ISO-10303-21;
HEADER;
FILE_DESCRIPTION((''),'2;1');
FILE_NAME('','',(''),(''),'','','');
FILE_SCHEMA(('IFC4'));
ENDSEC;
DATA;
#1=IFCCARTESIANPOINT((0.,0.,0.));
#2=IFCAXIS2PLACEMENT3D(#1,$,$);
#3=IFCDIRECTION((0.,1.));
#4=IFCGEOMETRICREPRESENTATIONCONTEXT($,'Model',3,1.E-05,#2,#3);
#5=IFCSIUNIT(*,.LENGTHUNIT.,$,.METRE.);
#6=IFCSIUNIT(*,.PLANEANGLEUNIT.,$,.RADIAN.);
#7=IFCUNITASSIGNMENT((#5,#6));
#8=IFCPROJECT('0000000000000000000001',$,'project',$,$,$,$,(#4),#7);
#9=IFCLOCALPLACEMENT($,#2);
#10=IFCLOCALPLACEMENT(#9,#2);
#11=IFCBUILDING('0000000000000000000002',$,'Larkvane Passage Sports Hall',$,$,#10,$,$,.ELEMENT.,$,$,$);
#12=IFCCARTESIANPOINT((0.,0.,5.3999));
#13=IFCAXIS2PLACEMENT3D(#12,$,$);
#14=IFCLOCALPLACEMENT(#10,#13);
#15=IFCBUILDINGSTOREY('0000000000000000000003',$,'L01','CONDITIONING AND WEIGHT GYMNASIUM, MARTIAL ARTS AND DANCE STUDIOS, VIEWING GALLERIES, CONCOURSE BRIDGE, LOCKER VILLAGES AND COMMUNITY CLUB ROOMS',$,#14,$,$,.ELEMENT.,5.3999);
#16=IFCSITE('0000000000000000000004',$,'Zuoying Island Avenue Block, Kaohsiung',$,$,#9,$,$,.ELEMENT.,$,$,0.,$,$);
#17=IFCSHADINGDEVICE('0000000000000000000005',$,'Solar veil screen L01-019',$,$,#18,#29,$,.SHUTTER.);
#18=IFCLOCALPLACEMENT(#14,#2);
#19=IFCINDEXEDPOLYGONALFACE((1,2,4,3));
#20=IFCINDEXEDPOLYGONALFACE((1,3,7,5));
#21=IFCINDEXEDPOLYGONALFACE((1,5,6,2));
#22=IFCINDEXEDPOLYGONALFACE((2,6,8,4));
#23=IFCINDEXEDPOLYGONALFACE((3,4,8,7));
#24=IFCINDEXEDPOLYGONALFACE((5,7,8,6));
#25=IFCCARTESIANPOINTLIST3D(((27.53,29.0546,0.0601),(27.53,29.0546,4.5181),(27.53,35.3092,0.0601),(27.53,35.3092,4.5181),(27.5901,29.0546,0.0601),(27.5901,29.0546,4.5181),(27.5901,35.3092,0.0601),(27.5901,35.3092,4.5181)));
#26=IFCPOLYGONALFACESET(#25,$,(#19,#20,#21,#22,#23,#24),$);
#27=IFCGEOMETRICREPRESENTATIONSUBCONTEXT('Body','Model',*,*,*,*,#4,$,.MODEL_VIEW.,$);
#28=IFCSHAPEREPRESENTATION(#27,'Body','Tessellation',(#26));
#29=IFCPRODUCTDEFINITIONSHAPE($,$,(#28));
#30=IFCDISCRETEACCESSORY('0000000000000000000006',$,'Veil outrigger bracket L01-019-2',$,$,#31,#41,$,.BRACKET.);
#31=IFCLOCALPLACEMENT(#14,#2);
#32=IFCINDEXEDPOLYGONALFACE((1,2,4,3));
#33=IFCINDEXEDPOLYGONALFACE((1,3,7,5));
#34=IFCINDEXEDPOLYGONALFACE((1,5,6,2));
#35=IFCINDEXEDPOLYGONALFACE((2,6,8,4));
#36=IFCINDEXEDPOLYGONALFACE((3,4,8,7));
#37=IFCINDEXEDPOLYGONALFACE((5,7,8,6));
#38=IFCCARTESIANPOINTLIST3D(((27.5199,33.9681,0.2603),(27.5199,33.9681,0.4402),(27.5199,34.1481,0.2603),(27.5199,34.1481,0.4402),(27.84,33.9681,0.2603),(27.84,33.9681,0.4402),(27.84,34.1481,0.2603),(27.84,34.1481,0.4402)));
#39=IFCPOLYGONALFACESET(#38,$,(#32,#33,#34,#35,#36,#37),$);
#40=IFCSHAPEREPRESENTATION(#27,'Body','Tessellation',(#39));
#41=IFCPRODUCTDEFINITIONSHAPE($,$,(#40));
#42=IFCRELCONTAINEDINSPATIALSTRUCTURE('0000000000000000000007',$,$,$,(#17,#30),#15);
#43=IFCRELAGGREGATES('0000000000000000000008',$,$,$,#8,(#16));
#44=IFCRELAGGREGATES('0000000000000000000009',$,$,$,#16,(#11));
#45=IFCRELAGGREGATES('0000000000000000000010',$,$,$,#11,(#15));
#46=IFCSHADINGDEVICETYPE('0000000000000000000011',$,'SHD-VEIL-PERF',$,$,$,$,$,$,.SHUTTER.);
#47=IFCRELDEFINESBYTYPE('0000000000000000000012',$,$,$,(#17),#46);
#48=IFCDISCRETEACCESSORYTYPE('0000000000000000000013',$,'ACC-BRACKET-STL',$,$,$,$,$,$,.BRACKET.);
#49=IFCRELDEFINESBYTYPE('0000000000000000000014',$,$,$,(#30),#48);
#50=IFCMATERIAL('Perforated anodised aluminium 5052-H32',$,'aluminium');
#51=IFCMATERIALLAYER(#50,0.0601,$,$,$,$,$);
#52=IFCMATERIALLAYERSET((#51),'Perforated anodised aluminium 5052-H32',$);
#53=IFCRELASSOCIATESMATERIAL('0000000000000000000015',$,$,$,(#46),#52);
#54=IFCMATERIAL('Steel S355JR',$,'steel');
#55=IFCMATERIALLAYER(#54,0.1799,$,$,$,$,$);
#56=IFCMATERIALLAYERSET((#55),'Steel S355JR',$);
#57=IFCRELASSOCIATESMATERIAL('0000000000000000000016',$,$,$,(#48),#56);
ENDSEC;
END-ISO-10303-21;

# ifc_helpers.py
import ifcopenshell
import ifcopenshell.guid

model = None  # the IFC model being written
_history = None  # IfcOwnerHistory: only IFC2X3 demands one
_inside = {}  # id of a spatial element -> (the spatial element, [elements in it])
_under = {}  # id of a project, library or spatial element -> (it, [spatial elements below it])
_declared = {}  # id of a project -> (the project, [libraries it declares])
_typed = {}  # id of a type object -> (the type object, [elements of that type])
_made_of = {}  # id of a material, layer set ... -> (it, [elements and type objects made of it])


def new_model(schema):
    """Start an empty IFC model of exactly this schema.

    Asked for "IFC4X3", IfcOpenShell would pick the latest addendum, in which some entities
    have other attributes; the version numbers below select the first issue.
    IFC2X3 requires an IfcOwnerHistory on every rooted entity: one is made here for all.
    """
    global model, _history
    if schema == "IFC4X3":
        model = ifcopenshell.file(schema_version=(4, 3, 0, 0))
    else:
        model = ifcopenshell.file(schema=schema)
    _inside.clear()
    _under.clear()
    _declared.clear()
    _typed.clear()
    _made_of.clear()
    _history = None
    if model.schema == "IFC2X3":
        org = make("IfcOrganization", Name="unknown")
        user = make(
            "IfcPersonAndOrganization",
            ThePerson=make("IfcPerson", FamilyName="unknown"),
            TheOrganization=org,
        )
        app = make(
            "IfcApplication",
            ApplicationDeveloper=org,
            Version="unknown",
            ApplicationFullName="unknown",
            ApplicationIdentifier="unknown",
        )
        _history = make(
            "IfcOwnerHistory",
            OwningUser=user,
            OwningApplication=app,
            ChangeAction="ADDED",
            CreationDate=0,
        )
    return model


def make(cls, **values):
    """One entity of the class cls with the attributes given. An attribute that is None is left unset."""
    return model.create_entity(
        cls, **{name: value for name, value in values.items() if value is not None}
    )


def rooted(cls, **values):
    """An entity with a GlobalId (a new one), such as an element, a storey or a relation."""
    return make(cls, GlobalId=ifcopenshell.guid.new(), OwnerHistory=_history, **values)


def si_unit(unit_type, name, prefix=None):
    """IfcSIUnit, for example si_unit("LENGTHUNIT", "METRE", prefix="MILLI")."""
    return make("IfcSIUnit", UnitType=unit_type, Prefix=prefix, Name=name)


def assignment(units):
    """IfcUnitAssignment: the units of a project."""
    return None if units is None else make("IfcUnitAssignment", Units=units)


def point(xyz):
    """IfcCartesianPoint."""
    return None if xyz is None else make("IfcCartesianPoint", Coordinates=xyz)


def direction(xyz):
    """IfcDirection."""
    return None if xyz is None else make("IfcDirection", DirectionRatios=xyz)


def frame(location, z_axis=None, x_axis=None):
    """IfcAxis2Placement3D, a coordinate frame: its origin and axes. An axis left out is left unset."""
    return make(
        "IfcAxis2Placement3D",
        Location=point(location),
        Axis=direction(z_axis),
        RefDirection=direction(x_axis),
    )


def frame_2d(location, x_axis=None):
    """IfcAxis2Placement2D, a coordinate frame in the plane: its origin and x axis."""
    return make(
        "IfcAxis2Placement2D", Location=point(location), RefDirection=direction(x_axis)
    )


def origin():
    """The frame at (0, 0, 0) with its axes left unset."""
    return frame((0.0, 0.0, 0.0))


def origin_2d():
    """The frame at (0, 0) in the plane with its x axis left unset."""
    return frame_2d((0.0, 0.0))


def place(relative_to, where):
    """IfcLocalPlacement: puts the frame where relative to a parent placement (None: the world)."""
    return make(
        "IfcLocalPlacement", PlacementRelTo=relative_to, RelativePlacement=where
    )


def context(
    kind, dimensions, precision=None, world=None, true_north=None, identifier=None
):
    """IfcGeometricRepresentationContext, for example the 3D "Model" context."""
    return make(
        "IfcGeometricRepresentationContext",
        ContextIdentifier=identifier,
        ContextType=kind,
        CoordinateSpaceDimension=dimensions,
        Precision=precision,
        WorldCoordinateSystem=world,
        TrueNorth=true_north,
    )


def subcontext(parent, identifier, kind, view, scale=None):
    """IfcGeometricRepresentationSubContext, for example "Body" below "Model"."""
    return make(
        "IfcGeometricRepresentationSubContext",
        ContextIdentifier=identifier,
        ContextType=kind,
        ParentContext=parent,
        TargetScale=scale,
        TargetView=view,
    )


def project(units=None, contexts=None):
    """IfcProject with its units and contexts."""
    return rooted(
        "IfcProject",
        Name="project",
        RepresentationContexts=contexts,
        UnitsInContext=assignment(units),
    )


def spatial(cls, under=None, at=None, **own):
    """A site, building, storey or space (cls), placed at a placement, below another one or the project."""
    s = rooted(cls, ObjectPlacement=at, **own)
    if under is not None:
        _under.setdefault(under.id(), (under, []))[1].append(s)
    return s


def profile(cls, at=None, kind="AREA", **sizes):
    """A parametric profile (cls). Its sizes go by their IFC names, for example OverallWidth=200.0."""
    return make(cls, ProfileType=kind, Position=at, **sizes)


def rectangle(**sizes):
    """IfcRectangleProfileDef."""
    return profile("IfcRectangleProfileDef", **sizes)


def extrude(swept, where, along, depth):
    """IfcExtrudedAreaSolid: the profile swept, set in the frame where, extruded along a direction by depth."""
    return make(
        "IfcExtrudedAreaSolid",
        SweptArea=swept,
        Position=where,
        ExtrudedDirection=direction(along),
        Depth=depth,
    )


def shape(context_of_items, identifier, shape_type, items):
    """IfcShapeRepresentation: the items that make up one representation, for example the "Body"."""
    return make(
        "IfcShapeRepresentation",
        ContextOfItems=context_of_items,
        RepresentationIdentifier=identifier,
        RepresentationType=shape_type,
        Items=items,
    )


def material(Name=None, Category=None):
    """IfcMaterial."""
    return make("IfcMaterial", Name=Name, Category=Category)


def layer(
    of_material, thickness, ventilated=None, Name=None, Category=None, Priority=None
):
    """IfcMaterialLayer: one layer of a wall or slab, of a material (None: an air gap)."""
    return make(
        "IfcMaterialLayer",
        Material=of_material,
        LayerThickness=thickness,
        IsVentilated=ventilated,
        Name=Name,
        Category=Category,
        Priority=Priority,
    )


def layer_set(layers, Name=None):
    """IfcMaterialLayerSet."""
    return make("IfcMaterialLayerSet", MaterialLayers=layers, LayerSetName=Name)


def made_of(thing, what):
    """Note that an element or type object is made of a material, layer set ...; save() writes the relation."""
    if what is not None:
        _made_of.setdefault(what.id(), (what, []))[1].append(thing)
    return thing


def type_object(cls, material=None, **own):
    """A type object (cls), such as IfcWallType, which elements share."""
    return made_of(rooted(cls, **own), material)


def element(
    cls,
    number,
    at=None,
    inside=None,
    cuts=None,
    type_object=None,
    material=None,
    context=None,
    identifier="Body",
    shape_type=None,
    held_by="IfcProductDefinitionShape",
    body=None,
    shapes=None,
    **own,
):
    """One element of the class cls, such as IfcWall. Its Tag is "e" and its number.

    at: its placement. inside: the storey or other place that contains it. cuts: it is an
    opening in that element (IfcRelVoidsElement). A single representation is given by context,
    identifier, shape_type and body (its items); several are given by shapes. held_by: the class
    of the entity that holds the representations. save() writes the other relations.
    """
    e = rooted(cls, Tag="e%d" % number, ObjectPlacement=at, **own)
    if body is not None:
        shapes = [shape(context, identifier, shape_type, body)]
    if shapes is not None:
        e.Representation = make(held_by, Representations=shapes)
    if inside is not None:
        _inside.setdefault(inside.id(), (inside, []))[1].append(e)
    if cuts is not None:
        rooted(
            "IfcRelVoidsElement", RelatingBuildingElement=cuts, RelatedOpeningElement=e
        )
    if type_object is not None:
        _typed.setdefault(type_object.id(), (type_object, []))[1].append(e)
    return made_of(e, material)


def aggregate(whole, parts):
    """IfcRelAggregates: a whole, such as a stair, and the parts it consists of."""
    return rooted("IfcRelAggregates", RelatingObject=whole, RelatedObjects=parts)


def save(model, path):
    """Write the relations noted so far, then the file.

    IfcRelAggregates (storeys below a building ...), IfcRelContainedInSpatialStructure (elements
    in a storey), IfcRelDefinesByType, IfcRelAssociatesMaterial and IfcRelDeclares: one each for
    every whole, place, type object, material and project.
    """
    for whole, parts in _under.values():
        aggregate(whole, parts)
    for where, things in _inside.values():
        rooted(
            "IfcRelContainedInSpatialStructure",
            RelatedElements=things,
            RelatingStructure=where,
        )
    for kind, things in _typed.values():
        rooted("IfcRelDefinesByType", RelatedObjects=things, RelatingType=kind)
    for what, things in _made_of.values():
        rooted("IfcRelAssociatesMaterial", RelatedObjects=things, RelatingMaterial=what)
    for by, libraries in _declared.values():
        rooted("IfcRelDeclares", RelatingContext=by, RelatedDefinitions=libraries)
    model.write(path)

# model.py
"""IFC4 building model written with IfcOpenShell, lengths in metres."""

from ifc_helpers import new_model, si_unit, direction, frame, origin, origin_2d, place, context, subcontext, project, spatial, rectangle, extrude, material, layer, layer_set, type_object, element, save


model = new_model("IFC4")

# Units and contexts
model_context = context("Model", 3, precision=1e-05, world=origin(), true_north=direction((0.0, 1.0)))
body_context = subcontext(model_context, "Body", "Model", "MODEL_VIEW")
ifc_project = project(units=[si_unit("LENGTHUNIT", "METRE"), si_unit("PLANEANGLEUNIT", "RADIAN")], contexts=[model_context])

# Site, building, storey
site_placement = place(None, origin())
site = spatial("IfcSite", under=ifc_project, at=site_placement, Name="Zuoying Island Avenue Block, Kaohsiung", CompositionType="ELEMENT", RefElevation=0.0)
building_placement = place(site_placement, origin())
building = spatial("IfcBuilding", under=site, at=building_placement, Name="Larkvane Passage Sports Hall", CompositionType="ELEMENT")
storey_placement = place(building_placement, frame((0.0, 0.0, 5.3999)))
storey = spatial("IfcBuildingStorey", under=building, at=storey_placement, Name="L01", Description="CONDITIONING AND WEIGHT GYMNASIUM, MARTIAL ARTS AND DANCE STUDIOS, VIEWING GALLERIES, CONCOURSE BRIDGE, LOCKER VILLAGES AND COMMUNITY CLUB ROOMS", CompositionType="ELEMENT", Elevation=5.3999)

# Shared definitions
ifc_material_1 = material(Name="Steel S355JR", Category="steel")

# Shading device
ifc_material_2 = material(Name="Perforated anodised aluminium 5052-H32", Category="aluminium")
ifc_layer_1 = layer(ifc_material_2, 0.0601)
ifc_layer_set_1 = layer_set([ifc_layer_1], Name="Perforated anodised aluminium 5052-H32")
shading_device_type = type_object("IfcShadingDeviceType", Name="SHD-VEIL-PERF", PredefinedType="SHUTTER", material=ifc_layer_set_1)
shading_device_placement = place(storey_placement, frame((27.5601, 32.1819, 0.0601), z_axis=(0.0, 0.0, 1.0), x_axis=(0.0, 1.0, 0.0)))
element("IfcShadingDevice", 1, at=shading_device_placement, inside=storey, type_object=shading_device_type, Name="Solar veil screen L01-019", PredefinedType="SHUTTER", context=body_context, shape_type="SweptSolid", body=[
    extrude(rectangle(XDim=6.2546, YDim=0.0601, at=origin_2d()), origin(), (0.0, 0.0, 1.0), 4.458),
])

# Discrete accessory
ifc_layer_2 = layer(ifc_material_1, 0.1799)
ifc_layer_set_2 = layer_set([ifc_layer_2], Name="Steel S355JR")
discrete_accessory_type = type_object("IfcDiscreteAccessoryType", Name="ACC-BRACKET-STL", PredefinedType="BRACKET", material=ifc_layer_set_2)
discrete_accessory_placement = place(storey_placement, frame((27.6799, 34.0581, 0.2603), z_axis=(0.0, 0.0, 1.0), x_axis=(0.0, 1.0, 0.0)))
element("IfcDiscreteAccessory", 2, at=discrete_accessory_placement, inside=storey, type_object=discrete_accessory_type, Name="Veil outrigger bracket L01-019-2", PredefinedType="BRACKET", context=body_context, shape_type="SweptSolid", body=[
    extrude(rectangle(XDim=0.1799, YDim=0.3201, at=origin_2d()), origin(), (0.0, 0.0, 1.0), 0.1799),
])

save(model, "model.ifc")
